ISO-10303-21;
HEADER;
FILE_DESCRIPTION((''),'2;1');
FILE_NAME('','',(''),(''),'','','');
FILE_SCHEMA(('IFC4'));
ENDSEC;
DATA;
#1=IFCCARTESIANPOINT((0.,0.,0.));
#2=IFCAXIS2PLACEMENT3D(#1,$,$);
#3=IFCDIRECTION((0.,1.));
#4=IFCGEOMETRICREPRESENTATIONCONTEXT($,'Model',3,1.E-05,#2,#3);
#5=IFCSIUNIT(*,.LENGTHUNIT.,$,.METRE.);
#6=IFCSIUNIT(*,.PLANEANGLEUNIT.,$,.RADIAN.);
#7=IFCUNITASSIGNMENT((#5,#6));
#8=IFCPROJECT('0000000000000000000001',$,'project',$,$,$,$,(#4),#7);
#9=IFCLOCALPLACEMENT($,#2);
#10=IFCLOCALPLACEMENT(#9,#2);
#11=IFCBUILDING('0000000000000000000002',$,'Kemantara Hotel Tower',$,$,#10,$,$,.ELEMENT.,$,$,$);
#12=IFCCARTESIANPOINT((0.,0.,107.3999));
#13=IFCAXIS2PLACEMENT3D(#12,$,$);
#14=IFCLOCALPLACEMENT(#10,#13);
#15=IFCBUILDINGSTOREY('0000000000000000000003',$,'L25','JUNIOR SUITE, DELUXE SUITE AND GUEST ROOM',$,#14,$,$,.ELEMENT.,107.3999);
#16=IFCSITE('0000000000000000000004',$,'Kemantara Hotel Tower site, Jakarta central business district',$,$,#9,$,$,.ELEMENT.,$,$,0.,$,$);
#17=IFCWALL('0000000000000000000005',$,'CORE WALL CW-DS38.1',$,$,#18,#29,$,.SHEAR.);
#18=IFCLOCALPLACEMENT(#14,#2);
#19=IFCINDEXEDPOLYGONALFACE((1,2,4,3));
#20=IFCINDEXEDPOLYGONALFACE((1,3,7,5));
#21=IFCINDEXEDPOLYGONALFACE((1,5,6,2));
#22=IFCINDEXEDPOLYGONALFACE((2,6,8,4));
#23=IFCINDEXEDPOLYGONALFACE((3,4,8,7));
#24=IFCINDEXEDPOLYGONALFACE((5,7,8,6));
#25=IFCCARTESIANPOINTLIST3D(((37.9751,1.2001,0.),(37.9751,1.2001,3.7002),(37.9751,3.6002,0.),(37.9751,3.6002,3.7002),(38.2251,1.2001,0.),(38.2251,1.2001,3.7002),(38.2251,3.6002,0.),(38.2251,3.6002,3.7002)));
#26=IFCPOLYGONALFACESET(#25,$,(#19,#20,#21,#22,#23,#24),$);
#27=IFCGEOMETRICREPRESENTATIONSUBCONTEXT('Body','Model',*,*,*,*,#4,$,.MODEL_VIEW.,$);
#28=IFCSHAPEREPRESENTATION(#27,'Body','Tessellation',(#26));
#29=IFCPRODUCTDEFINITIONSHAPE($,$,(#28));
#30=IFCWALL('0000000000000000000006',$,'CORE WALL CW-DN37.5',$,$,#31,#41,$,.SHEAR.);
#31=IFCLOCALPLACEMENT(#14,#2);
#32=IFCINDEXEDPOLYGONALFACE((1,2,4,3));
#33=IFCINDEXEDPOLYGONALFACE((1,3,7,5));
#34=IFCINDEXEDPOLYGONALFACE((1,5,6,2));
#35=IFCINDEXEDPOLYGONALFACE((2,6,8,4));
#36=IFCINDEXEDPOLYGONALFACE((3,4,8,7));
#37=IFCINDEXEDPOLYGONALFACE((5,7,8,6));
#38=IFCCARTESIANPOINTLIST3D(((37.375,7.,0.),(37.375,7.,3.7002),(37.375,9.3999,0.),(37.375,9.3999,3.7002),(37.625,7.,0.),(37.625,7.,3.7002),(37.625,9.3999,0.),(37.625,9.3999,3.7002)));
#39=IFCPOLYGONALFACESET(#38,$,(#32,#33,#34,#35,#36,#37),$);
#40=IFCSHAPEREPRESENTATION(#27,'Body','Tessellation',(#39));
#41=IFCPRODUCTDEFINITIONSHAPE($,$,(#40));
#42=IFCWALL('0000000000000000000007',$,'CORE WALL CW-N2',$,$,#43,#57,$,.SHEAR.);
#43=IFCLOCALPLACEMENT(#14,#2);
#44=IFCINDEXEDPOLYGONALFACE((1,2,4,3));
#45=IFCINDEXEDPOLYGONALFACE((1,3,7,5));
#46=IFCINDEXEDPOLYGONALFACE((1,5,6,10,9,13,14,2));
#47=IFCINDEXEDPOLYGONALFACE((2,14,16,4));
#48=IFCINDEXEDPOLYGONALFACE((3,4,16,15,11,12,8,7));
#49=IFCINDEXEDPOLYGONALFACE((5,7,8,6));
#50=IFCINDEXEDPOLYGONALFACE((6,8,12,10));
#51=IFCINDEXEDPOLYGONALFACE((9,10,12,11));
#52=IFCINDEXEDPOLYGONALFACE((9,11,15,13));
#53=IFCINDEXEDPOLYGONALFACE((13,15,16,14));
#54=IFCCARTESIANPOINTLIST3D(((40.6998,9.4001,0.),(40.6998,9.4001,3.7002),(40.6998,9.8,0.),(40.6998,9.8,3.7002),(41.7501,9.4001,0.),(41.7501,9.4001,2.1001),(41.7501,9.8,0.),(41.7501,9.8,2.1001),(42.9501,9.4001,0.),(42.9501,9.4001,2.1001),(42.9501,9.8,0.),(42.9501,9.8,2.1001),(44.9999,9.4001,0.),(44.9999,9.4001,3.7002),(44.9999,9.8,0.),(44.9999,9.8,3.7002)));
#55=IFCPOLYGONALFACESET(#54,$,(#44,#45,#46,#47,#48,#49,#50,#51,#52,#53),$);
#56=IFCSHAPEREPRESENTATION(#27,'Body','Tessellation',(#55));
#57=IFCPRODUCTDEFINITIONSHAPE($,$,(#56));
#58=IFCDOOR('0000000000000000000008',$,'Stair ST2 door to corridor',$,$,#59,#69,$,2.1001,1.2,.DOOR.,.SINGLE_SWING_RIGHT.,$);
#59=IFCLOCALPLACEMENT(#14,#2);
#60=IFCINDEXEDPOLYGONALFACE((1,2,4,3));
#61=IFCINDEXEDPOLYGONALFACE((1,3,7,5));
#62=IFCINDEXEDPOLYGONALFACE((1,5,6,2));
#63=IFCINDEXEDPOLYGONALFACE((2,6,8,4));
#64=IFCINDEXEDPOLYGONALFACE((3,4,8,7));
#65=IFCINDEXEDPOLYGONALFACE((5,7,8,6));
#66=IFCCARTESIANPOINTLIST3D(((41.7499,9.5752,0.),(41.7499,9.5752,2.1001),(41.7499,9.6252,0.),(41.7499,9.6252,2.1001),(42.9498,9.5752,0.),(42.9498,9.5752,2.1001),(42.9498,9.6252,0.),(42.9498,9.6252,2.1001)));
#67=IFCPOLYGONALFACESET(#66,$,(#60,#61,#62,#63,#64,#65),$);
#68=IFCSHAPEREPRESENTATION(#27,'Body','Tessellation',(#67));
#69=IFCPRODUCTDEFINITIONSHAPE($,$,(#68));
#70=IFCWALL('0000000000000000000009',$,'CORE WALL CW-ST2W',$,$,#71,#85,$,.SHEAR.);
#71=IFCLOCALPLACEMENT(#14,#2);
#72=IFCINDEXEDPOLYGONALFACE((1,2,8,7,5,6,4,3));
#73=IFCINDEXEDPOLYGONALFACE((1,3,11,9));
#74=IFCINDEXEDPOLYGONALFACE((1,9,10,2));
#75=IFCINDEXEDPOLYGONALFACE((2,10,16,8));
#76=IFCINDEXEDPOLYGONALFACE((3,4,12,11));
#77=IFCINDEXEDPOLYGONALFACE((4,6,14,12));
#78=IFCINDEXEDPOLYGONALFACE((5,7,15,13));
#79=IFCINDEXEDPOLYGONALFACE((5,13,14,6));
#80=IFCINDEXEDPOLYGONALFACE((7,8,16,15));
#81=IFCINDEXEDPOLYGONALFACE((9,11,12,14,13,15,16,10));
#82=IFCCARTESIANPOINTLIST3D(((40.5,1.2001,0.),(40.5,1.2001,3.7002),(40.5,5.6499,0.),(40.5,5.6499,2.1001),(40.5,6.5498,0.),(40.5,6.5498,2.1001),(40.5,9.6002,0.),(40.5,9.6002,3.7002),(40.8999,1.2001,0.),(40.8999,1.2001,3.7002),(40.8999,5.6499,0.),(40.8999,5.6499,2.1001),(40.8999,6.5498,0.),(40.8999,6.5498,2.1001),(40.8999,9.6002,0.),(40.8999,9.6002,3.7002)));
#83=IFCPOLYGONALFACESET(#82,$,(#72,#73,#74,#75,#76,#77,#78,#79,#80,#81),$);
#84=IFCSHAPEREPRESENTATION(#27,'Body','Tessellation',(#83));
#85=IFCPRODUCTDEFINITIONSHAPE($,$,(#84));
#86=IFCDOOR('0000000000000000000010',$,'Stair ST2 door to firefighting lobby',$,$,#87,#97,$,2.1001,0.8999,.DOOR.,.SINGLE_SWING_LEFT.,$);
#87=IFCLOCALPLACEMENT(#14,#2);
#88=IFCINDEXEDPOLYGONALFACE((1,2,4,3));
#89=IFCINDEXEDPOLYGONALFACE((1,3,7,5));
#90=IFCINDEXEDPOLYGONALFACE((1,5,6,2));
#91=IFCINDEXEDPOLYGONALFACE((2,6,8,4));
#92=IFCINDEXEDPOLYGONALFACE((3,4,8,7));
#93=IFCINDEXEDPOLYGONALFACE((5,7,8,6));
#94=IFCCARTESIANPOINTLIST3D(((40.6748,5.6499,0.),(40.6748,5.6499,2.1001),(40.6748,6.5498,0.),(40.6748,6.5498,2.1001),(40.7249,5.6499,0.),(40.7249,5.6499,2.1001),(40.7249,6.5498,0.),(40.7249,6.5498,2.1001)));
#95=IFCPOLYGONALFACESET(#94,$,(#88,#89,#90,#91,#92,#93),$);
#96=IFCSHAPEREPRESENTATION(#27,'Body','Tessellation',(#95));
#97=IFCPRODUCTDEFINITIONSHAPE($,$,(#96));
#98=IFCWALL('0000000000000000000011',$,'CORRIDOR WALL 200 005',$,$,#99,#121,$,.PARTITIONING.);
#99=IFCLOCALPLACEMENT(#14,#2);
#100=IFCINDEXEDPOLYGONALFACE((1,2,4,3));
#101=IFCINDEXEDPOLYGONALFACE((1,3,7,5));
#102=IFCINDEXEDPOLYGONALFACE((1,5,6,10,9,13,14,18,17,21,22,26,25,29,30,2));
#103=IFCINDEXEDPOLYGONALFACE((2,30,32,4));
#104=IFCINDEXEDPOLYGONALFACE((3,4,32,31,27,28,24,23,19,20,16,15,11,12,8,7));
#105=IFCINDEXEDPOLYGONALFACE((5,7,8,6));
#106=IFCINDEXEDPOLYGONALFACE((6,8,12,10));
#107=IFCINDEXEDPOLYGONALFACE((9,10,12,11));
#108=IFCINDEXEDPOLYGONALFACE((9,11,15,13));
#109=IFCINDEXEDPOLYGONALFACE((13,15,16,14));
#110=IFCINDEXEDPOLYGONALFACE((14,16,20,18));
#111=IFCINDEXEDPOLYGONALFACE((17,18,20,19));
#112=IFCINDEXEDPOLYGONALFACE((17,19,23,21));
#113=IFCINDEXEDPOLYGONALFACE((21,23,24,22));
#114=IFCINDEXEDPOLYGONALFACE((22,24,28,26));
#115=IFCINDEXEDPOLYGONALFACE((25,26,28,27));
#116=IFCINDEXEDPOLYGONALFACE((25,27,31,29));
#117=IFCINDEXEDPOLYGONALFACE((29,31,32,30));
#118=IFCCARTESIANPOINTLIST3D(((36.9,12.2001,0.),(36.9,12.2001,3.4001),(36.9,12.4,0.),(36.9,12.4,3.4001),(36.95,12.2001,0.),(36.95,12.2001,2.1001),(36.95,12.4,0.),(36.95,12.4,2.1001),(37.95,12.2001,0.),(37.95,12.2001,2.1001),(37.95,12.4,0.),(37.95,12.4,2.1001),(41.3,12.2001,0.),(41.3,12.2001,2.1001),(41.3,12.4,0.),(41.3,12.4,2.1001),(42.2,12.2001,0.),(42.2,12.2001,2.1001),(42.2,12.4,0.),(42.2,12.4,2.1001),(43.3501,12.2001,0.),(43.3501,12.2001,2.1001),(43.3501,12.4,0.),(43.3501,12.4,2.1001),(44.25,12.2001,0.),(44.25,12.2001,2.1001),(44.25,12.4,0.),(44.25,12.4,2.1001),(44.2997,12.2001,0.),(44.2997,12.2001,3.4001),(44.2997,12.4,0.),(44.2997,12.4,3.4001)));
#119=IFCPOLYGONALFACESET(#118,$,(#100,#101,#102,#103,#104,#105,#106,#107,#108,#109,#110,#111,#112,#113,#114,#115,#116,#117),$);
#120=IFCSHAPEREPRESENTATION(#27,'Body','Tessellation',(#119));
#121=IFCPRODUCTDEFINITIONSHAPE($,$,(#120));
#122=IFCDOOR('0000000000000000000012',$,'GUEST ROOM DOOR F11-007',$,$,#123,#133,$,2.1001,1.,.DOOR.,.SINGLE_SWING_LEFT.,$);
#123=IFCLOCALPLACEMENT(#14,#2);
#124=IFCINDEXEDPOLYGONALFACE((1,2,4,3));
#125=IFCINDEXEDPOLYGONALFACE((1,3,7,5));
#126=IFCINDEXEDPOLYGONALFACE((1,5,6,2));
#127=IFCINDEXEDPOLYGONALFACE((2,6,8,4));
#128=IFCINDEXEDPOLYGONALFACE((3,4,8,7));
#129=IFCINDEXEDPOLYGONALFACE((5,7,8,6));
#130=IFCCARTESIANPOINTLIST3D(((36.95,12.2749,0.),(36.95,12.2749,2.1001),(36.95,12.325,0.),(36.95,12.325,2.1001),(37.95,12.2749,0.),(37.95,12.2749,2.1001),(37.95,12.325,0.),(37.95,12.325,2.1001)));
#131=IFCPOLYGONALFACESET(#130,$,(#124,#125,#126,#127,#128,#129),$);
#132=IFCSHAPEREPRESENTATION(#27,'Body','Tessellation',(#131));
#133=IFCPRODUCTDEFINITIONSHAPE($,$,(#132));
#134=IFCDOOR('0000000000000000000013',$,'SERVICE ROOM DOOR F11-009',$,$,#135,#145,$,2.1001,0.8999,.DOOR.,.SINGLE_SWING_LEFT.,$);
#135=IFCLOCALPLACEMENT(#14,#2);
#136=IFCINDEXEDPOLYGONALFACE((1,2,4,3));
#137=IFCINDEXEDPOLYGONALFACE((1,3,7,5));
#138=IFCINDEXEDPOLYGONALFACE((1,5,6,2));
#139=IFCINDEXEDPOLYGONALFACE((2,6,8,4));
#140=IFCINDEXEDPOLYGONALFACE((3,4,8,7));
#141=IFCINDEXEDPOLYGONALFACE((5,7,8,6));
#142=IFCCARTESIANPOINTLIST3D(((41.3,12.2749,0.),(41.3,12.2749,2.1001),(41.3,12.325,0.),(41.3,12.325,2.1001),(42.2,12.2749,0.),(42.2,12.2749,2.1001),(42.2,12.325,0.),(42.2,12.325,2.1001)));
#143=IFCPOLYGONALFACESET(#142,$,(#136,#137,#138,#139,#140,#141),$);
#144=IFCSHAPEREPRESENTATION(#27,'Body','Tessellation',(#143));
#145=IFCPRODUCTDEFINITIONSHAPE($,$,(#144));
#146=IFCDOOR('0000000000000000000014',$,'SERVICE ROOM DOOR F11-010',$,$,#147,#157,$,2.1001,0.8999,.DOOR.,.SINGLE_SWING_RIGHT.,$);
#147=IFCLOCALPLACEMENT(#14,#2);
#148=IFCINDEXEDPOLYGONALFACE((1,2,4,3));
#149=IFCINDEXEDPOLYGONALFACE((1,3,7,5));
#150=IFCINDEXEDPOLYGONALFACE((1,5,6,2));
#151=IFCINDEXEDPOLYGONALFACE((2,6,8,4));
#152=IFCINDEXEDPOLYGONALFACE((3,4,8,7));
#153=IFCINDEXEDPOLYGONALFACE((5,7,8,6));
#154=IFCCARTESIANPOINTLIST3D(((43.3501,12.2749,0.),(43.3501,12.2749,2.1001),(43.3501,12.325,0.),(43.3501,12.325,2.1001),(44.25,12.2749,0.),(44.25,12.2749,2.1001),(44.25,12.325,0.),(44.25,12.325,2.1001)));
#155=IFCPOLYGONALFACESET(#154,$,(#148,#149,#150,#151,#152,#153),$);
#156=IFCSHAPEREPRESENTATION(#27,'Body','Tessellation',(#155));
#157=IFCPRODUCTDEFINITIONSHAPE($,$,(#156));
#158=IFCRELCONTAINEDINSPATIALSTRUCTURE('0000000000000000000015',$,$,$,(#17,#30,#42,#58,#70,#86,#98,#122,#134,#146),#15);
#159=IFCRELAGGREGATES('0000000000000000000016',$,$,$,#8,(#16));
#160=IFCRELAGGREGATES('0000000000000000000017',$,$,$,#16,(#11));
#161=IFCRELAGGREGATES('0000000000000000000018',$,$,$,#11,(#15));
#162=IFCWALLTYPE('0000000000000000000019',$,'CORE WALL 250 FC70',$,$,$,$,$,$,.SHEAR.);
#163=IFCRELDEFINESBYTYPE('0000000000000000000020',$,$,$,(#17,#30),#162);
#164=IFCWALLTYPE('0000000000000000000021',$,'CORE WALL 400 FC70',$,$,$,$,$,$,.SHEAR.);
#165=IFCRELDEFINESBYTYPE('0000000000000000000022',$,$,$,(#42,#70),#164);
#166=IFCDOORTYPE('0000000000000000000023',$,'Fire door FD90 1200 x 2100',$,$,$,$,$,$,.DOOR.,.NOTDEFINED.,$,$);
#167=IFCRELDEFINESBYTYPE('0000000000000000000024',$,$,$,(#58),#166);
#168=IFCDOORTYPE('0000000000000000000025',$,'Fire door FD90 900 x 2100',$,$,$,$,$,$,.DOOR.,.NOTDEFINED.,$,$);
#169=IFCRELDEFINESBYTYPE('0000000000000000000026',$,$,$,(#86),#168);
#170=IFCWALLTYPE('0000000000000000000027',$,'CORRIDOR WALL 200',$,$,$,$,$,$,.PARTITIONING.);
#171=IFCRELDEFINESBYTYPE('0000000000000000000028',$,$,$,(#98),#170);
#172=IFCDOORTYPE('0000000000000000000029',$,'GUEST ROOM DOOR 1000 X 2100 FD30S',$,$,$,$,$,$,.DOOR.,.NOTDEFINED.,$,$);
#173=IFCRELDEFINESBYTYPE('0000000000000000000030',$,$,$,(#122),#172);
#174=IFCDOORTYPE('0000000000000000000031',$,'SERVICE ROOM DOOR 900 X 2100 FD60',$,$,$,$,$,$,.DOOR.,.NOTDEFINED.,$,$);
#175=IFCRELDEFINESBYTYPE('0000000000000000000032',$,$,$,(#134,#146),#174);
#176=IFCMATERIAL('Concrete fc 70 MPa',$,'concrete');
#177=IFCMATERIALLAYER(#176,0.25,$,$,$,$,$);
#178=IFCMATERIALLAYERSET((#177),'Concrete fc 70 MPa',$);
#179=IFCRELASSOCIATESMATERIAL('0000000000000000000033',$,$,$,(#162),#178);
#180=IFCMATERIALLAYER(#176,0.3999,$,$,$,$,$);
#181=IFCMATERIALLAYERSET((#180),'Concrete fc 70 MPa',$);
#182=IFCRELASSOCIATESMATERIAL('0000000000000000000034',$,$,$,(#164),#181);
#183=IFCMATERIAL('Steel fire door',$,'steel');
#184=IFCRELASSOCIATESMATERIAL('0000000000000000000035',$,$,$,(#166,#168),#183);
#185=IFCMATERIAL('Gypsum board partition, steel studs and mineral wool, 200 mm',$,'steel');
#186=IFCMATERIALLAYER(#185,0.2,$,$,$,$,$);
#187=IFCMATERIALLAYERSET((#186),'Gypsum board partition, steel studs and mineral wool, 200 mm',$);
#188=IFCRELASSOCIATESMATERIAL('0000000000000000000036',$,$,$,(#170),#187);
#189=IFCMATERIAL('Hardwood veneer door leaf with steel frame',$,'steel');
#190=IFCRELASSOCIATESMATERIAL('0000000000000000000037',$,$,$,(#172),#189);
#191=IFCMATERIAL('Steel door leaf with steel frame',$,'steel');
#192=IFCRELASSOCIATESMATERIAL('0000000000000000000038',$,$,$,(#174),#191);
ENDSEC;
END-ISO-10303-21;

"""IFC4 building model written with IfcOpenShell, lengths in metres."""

from ifc_helpers import new_model, si_unit, direction, frame, frame_2d, origin, place, context, subcontext, project, spatial, rectangle, extrude, material, layer, layer_set, type_object, element, fill, save


model = new_model("IFC4")

# Units and contexts
model_context = context("Model", 3, precision=1e-05, world=origin(), true_north=direction((0.0, 1.0)))
body_context = subcontext(model_context, "Body", "Model", "MODEL_VIEW")
ifc_project = project(units=[si_unit("LENGTHUNIT", "METRE"), si_unit("PLANEANGLEUNIT", "RADIAN")], contexts=[model_context])

# Site, building, storey
site_placement = place(None, origin())
site = spatial("IfcSite", under=ifc_project, at=site_placement, Name="Kemantara Hotel Tower site, Jakarta central business district", CompositionType="ELEMENT", RefElevation=0.0)
building_placement = place(site_placement, origin())
building = spatial("IfcBuilding", under=site, at=building_placement, Name="Kemantara Hotel Tower", CompositionType="ELEMENT")
storey_placement = place(building_placement, frame((0.0, 0.0, 107.3999)))
storey = spatial("IfcBuildingStorey", under=building, at=storey_placement, Name="L25", Description="JUNIOR SUITE, DELUXE SUITE AND GUEST ROOM", CompositionType="ELEMENT", Elevation=107.3999)

# Walls
ifc_material_1 = material(Name="Concrete fc 70 MPa", Category="concrete")
ifc_layer_1 = layer(ifc_material_1, 0.25)
ifc_layer_set_1 = layer_set([ifc_layer_1], Name="Concrete fc 70 MPa")
wall_type_1 = type_object("IfcWallType", Name="CORE WALL 250 FC70", PredefinedType="SHEAR", material=ifc_layer_set_1)
wall_1_placement = place(storey_placement, frame((38.1001, 1.2, 0.0), z_axis=(0.0, 0.0, 1.0), x_axis=(0.0, 1.0, 0.0)))
element("IfcWall", 1, at=wall_1_placement, inside=storey, type_object=wall_type_1, Name="CORE WALL CW-DS38.1", PredefinedType="SHEAR", context=body_context, shape_type="SweptSolid", body=[
    extrude(rectangle(XDim=2.4001, YDim=0.25, at=frame_2d((1.2002, 0.0))), origin(), (0.0, 0.0, 1.0), 3.7002),
])
wall_2_placement = place(storey_placement, frame((37.5, 7.0, 0.0), z_axis=(0.0, 0.0, 1.0), x_axis=(0.0, 1.0, 0.0)))
element("IfcWall", 2, at=wall_2_placement, inside=storey, type_object=wall_type_1, Name="CORE WALL CW-DN37.5", PredefinedType="SHEAR", context=body_context, shape_type="SweptSolid", body=[
    extrude(rectangle(XDim=2.3999, YDim=0.25, at=frame_2d((1.2, 0.0))), origin(), (0.0, 0.0, 1.0), 3.7002),
])

# Walls, openings, doors
ifc_layer_2 = layer(ifc_material_1, 0.3999)
ifc_layer_set_2 = layer_set([ifc_layer_2], Name="Concrete fc 70 MPa")
wall_type_2 = type_object("IfcWallType", Name="CORE WALL 400 FC70", PredefinedType="SHEAR", material=ifc_layer_set_2)
wall_3_placement = place(storey_placement, frame((40.7, 9.6001, 0.0), z_axis=(0.0, 0.0, 1.0), x_axis=(1.0, 0.0, 0.0)))
wall_3 = element("IfcWall", 3, at=wall_3_placement, inside=storey, type_object=wall_type_2, Name="CORE WALL CW-N2", PredefinedType="SHEAR", context=body_context, shape_type="SweptSolid", body=[
    extrude(rectangle(XDim=4.3, YDim=0.3999, at=frame_2d((2.1499, 0.0))), origin(), (0.0, 0.0, 1.0), 3.7002),
])
opening_1_placement = place(wall_3_placement, frame((1.05, 0.0, 0.0)))
opening_1 = element("IfcOpeningElement", 4, at=opening_1_placement, cuts=wall_3, PredefinedType="OPENING", context=body_context, shape_type="SweptSolid", body=[
    extrude(rectangle(XDim=1.2, YDim=2.1001, at=frame_2d((0.6001, 1.05))), frame((0.0, 0.21, 0.0), z_axis=(0.0, -1.0, 0.0), x_axis=(1.0, 0.0, 0.0)), (0.0, 0.0, 1.0), 0.4199),
])
ifc_material_2 = material(Name="Steel fire door", Category="steel")
door_type_1 = type_object("IfcDoorType", Name="Fire door FD90 1200 x 2100", OperationType="NOTDEFINED", PredefinedType="DOOR", material=ifc_material_2)
door_1_placement = place(opening_1_placement, frame((1.2, 0.0, 0.0), z_axis=(0.0, 0.0, 1.0), x_axis=(-1.0, 0.0, 0.0)))
door_1 = element("IfcDoor", 5, at=door_1_placement, inside=storey, type_object=door_type_1, Name="Stair ST2 door to corridor", OperationType="SINGLE_SWING_RIGHT", OverallHeight=2.1001, OverallWidth=1.2, PredefinedType="DOOR", context=body_context, shape_type="SweptSolid", body=[
    extrude(rectangle(XDim=1.2, YDim=2.1001, at=frame_2d((0.6001, 1.05))), frame((0.0, 0.0249, 0.0), z_axis=(0.0, -1.0, 0.0), x_axis=(1.0, 0.0, 0.0)), (0.0, 0.0, 1.0), 0.05),
])
fill(opening_1, door_1)
wall_4_placement = place(storey_placement, frame((40.7, 1.2, 0.0), z_axis=(0.0, 0.0, 1.0), x_axis=(0.0, 1.0, 0.0)))
wall_4 = element("IfcWall", 6, at=wall_4_placement, inside=storey, type_object=wall_type_2, Name="CORE WALL CW-ST2W", PredefinedType="SHEAR", context=body_context, shape_type="SweptSolid", body=[
    extrude(rectangle(XDim=8.4001, YDim=0.3999, at=frame_2d((4.2002, 0.0))), origin(), (0.0, 0.0, 1.0), 3.7002),
])
opening_2_placement = place(wall_4_placement, frame((4.45, 0.0, 0.0)))
opening_2 = element("IfcOpeningElement", 7, at=opening_2_placement, cuts=wall_4, PredefinedType="OPENING", context=body_context, shape_type="SweptSolid", body=[
    extrude(rectangle(XDim=0.8999, YDim=2.1001, at=frame_2d((0.45, 1.05))), frame((0.0, 0.21, 0.0), z_axis=(0.0, -1.0, 0.0), x_axis=(1.0, 0.0, 0.0)), (0.0, 0.0, 1.0), 0.4199),
])
door_type_2 = type_object("IfcDoorType", Name="Fire door FD90 900 x 2100", OperationType="NOTDEFINED", PredefinedType="DOOR", material=ifc_material_2)
door_2_placement = place(opening_2_placement, frame((0.8999, 0.0, 0.0), z_axis=(0.0, 0.0, 1.0), x_axis=(-1.0, 0.0, 0.0)))
door_2 = element("IfcDoor", 8, at=door_2_placement, inside=storey, type_object=door_type_2, Name="Stair ST2 door to firefighting lobby", OperationType="SINGLE_SWING_LEFT", OverallHeight=2.1001, OverallWidth=0.8999, PredefinedType="DOOR", context=body_context, shape_type="SweptSolid", body=[
    extrude(rectangle(XDim=0.8999, YDim=2.1001, at=frame_2d((0.45, 1.05))), frame((0.0, 0.0249, 0.0), z_axis=(0.0, -1.0, 0.0), x_axis=(1.0, 0.0, 0.0)), (0.0, 0.0, 1.0), 0.05),
])
fill(opening_2, door_2)

# Wall, openings, doors
ifc_material_3 = material(Name="Gypsum board partition, steel studs and mineral wool, 200 mm", Category="steel")
ifc_layer_3 = layer(ifc_material_3, 0.2)
ifc_layer_set_3 = layer_set([ifc_layer_3], Name="Gypsum board partition, steel studs and mineral wool, 200 mm")
wall_type_3 = type_object("IfcWallType", Name="CORRIDOR WALL 200", PredefinedType="PARTITIONING", material=ifc_layer_set_3)
wall_5_placement = place(storey_placement, frame((36.9001, 12.3, 0.0), z_axis=(0.0, 0.0, 1.0), x_axis=(1.0, 0.0, 0.0)))
wall_5 = element("IfcWall", 9, at=wall_5_placement, inside=storey, type_object=wall_type_3, Name="CORRIDOR WALL 200 005", PredefinedType="PARTITIONING", context=body_context, shape_type="SweptSolid", body=[
    extrude(rectangle(XDim=7.3997, YDim=0.2, at=frame_2d((3.6997, 0.0))), origin(), (0.0, 0.0, 1.0), 3.4001),
])
opening_3_placement = place(wall_5_placement, frame((0.0498, 0.0, 0.0)))
opening_3 = element("IfcOpeningElement", 10, at=opening_3_placement, cuts=wall_5, PredefinedType="OPENING", context=body_context, shape_type="SweptSolid", body=[
    extrude(rectangle(XDim=1.0, YDim=2.1001, at=frame_2d((0.5, 1.05))), frame((0.0, 0.1099, 0.0), z_axis=(0.0, -1.0, 0.0), x_axis=(1.0, 0.0, 0.0)), (0.0, 0.0, 1.0), 0.22),
])
opening_4_placement = place(wall_5_placement, frame((4.3999, 0.0, 0.0)))
opening_4 = element("IfcOpeningElement", 11, at=opening_4_placement, cuts=wall_5, PredefinedType="OPENING", context=body_context, shape_type="SweptSolid", body=[
    extrude(rectangle(XDim=0.8999, YDim=2.1001, at=frame_2d((0.45, 1.05))), frame((0.0, 0.1099, 0.0), z_axis=(0.0, -1.0, 0.0), x_axis=(1.0, 0.0, 0.0)), (0.0, 0.0, 1.0), 0.22),
])
opening_5_placement = place(wall_5_placement, frame((6.45, 0.0, 0.0)))
opening_5 = element("IfcOpeningElement", 12, at=opening_5_placement, cuts=wall_5, PredefinedType="OPENING", context=body_context, shape_type="SweptSolid", body=[
    extrude(rectangle(XDim=0.8999, YDim=2.1001, at=frame_2d((0.45, 1.05))), frame((0.0, 0.1099, 0.0), z_axis=(0.0, -1.0, 0.0), x_axis=(1.0, 0.0, 0.0)), (0.0, 0.0, 1.0), 0.22),
])
ifc_material_4 = material(Name="Hardwood veneer door leaf with steel frame", Category="steel")
door_type_3 = type_object("IfcDoorType", Name="GUEST ROOM DOOR 1000 X 2100 FD30S", OperationType="NOTDEFINED", PredefinedType="DOOR", material=ifc_material_4)
door_3_placement = place(opening_3_placement, origin())
door_3 = element("IfcDoor", 13, at=door_3_placement, inside=storey, type_object=door_type_3, Name="GUEST ROOM DOOR F11-007", OperationType="SINGLE_SWING_LEFT", OverallHeight=2.1001, OverallWidth=1.0, PredefinedType="DOOR", context=body_context, shape_type="SweptSolid", body=[
    extrude(rectangle(XDim=1.0, YDim=2.1001, at=frame_2d((0.5, 1.05))), frame((0.0, 0.0249, 0.0), z_axis=(0.0, -1.0, 0.0), x_axis=(1.0, 0.0, 0.0)), (0.0, 0.0, 1.0), 0.05),
])
fill(opening_3, door_3)
ifc_material_5 = material(Name="Steel door leaf with steel frame", Category="steel")
door_type_4 = type_object("IfcDoorType", Name="SERVICE ROOM DOOR 900 X 2100 FD60", OperationType="NOTDEFINED", PredefinedType="DOOR", material=ifc_material_5)
door_4_placement = place(opening_4_placement, origin())
door_4 = element("IfcDoor", 14, at=door_4_placement, inside=storey, type_object=door_type_4, Name="SERVICE ROOM DOOR F11-009", OperationType="SINGLE_SWING_LEFT", OverallHeight=2.1001, OverallWidth=0.8999, PredefinedType="DOOR", context=body_context, shape_type="SweptSolid", body=[
    extrude(rectangle(XDim=0.8999, YDim=2.1001, at=frame_2d((0.45, 1.05))), frame((0.0, 0.0249, 0.0), z_axis=(0.0, -1.0, 0.0), x_axis=(1.0, 0.0, 0.0)), (0.0, 0.0, 1.0), 0.05),
])
fill(opening_4, door_4)
door_5_placement = place(opening_5_placement, origin())
door_5 = element("IfcDoor", 15, at=door_5_placement, inside=storey, type_object=door_type_4, Name="SERVICE ROOM DOOR F11-010", OperationType="SINGLE_SWING_RIGHT", OverallHeight=2.1001, OverallWidth=0.8999, PredefinedType="DOOR", context=body_context, shape_type="SweptSolid", body=[
    extrude(rectangle(XDim=0.8999, YDim=2.1001, at=frame_2d((0.45, 1.05))), frame((0.0, 0.0249, 0.0), z_axis=(0.0, -1.0, 0.0), x_axis=(1.0, 0.0, 0.0)), (0.0, 0.0, 1.0), 0.05),
])
fill(opening_5, door_5)

save(model, "model.ifc")
